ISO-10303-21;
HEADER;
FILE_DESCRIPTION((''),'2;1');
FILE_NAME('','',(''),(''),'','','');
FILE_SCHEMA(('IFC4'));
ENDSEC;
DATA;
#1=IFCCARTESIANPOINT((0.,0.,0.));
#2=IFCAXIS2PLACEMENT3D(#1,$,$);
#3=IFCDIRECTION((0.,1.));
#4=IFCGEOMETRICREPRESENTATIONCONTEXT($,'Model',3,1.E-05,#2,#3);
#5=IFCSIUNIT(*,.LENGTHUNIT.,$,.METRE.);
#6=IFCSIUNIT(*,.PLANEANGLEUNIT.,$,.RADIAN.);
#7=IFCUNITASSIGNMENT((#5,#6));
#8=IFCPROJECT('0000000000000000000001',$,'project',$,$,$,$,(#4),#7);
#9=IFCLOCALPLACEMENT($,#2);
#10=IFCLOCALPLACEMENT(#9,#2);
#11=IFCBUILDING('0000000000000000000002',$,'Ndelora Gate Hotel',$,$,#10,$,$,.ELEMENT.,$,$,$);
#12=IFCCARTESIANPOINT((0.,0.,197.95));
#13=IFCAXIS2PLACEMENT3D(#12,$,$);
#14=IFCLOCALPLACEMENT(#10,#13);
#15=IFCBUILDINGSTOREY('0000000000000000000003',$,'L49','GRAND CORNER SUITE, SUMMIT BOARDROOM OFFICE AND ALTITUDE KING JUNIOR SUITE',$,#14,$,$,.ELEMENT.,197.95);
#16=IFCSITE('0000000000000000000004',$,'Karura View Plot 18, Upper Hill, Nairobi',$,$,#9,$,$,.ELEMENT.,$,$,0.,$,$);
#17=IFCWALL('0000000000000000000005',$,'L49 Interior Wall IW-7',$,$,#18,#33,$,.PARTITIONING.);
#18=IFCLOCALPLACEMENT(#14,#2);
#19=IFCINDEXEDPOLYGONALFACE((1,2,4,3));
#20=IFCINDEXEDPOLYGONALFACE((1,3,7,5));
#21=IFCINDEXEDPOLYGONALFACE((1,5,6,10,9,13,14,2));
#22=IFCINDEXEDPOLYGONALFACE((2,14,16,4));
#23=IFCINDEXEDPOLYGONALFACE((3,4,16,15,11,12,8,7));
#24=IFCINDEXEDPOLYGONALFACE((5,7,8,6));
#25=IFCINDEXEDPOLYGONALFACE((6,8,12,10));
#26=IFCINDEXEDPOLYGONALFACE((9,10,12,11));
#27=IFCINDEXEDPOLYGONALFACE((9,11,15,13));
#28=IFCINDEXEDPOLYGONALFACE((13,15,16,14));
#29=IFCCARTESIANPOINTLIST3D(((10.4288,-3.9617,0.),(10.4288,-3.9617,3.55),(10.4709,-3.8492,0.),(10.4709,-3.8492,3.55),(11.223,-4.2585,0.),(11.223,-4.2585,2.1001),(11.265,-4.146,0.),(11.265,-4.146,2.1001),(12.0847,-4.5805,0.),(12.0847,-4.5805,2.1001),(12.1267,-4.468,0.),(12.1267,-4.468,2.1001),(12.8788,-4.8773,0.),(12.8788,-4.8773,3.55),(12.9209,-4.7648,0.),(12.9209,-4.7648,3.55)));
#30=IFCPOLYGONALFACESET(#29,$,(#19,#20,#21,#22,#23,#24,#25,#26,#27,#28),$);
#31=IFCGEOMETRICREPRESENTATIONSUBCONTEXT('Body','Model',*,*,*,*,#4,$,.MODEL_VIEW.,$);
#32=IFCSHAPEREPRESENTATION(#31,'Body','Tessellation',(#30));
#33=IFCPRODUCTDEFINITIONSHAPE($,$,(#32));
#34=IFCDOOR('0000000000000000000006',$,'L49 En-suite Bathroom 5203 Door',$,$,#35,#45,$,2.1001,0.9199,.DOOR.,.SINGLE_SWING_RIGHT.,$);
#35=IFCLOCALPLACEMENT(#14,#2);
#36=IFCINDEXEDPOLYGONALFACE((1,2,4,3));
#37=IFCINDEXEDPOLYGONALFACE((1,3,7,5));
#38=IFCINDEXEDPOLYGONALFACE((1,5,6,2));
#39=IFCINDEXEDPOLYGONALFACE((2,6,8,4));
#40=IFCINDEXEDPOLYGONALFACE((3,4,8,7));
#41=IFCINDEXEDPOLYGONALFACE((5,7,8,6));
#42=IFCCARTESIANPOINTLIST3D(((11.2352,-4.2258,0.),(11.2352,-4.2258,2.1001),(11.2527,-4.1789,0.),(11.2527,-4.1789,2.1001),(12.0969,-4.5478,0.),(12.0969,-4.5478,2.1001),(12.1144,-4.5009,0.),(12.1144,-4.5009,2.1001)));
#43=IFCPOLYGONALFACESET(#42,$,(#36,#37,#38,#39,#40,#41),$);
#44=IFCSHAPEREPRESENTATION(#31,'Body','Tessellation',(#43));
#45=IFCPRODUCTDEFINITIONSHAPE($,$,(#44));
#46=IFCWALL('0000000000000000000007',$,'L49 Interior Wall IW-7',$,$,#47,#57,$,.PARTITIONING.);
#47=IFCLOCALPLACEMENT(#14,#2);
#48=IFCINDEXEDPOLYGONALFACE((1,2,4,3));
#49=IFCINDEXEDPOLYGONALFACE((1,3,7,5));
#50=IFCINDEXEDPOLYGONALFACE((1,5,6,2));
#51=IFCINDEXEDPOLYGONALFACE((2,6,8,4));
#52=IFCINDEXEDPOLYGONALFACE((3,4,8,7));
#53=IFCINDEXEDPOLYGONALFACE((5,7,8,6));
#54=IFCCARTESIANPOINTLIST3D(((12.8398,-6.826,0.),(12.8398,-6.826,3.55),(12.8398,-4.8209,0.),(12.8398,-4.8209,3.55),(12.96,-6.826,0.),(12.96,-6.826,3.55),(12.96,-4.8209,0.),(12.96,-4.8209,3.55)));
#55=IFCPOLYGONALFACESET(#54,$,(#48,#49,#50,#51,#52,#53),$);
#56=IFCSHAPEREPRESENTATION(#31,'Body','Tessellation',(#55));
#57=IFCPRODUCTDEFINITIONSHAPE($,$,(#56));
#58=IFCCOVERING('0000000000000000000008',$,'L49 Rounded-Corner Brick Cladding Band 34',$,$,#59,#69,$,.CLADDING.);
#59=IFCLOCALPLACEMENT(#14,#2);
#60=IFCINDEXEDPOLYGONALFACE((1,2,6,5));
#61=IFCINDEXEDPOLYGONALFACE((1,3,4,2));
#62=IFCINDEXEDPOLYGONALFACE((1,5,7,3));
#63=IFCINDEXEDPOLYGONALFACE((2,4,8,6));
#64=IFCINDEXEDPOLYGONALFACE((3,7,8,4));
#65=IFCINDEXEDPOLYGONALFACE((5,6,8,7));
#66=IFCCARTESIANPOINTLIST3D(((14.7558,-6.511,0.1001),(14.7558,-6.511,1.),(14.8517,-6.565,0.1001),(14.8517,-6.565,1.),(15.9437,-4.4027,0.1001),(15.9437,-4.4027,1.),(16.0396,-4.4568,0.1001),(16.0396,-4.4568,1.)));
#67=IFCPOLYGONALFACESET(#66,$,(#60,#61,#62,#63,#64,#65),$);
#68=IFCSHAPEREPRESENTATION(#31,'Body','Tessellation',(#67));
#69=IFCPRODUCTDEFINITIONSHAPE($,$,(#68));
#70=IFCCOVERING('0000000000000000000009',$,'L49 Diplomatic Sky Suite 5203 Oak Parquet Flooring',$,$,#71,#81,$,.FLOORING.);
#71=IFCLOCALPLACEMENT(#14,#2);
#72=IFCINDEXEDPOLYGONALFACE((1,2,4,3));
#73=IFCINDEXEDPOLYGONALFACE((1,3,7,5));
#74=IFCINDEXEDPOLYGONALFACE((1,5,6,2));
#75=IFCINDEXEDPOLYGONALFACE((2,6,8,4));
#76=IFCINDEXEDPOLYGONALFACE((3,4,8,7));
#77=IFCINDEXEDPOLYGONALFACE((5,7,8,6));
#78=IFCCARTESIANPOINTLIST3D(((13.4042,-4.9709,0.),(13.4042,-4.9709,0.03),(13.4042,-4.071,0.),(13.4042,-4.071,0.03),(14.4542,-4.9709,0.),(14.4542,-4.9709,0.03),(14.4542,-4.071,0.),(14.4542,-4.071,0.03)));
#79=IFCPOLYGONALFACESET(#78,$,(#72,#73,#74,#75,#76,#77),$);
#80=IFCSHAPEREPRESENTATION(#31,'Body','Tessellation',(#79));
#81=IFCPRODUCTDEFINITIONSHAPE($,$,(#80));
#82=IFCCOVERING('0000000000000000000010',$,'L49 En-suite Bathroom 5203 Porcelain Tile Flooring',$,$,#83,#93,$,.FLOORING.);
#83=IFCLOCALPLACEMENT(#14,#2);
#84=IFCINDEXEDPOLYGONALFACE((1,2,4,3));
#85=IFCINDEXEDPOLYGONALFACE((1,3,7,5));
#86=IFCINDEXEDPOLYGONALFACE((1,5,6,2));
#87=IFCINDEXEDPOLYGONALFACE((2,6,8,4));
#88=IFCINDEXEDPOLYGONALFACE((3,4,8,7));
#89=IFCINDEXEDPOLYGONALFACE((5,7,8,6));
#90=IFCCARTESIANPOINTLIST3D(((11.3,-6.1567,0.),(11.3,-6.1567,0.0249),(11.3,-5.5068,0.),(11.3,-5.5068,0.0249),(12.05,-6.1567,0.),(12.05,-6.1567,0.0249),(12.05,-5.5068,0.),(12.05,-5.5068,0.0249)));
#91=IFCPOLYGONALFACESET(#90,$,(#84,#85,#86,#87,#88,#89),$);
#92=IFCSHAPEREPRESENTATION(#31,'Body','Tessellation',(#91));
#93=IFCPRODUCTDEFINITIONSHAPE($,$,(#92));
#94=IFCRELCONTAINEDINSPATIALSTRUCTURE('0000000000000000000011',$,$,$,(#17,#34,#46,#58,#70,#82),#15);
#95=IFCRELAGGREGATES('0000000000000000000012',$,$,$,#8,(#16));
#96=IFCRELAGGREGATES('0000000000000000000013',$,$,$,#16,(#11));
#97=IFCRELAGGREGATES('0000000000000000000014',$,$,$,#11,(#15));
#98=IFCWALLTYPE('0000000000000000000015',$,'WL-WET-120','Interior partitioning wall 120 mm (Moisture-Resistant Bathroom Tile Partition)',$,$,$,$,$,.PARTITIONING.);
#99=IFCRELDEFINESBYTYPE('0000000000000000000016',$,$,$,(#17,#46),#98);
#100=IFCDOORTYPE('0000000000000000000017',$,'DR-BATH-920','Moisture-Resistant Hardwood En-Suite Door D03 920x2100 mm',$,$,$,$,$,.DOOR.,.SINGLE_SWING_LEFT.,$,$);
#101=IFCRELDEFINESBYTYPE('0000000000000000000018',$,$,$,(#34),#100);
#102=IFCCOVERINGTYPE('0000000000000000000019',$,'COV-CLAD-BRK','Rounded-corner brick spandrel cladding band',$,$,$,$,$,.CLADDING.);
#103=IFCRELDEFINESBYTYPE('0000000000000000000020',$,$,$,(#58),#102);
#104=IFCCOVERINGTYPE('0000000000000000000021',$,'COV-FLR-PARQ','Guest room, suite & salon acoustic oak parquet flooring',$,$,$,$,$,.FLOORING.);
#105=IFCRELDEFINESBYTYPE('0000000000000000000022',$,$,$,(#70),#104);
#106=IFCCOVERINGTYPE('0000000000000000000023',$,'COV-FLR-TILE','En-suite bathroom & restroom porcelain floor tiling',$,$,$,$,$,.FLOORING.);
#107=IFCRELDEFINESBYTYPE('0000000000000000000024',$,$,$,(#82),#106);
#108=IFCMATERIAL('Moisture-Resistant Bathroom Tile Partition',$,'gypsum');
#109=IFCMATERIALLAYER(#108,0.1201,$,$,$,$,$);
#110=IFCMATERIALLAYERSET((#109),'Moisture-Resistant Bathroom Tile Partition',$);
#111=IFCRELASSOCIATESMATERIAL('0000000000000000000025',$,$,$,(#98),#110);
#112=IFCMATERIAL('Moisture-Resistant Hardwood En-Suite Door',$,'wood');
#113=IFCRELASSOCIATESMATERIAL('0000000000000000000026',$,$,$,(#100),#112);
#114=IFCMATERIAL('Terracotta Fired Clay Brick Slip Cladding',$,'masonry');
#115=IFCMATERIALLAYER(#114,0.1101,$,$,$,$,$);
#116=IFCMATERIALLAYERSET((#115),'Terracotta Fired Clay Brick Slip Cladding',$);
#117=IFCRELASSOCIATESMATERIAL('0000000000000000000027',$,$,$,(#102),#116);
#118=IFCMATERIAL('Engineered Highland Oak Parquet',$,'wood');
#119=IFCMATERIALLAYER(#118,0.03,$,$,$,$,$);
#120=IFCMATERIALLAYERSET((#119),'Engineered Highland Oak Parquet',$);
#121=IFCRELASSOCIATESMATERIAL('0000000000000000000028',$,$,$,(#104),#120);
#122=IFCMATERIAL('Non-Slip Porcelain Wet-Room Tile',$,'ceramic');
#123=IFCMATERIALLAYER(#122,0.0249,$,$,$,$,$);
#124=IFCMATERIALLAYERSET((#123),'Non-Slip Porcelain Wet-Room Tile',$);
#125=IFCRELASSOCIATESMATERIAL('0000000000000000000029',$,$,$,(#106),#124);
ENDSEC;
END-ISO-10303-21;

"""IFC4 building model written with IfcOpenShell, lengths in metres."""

from ifc_helpers import new_model, si_unit, direction, frame, frame_2d, origin, origin_2d, place, context, subcontext, project, spatial, rectangle, extrude, material, layer, layer_set, type_object, element, fill, save


model = new_model("IFC4")

# Units and contexts
model_context = context("Model", 3, precision=1e-05, world=origin(), true_north=direction((0.0, 1.0)))
body_context = subcontext(model_context, "Body", "Model", "MODEL_VIEW")
ifc_project = project(units=[si_unit("LENGTHUNIT", "METRE"), si_unit("PLANEANGLEUNIT", "RADIAN")], contexts=[model_context])

# Site, building, storey
site_placement = place(None, origin())
site = spatial("IfcSite", under=ifc_project, at=site_placement, Name="Karura View Plot 18, Upper Hill, Nairobi", CompositionType="ELEMENT", RefElevation=0.0)
building_placement = place(site_placement, origin())
building = spatial("IfcBuilding", under=site, at=building_placement, Name="Ndelora Gate Hotel", CompositionType="ELEMENT")
storey_placement = place(building_placement, frame((0.0, 0.0, 197.95)))
storey = spatial("IfcBuildingStorey", under=building, at=storey_placement, Name="L49", Description="GRAND CORNER SUITE, SUMMIT BOARDROOM OFFICE AND ALTITUDE KING JUNIOR SUITE", CompositionType="ELEMENT", Elevation=197.95)

# Wall, opening, door
ifc_material_1 = material(Name="Moisture-Resistant Bathroom Tile Partition", Category="gypsum")
ifc_layer_1 = layer(ifc_material_1, 0.1201)
ifc_layer_set_1 = layer_set([ifc_layer_1], Name="Moisture-Resistant Bathroom Tile Partition")
wall_type_1 = type_object("IfcWallType", Name="WL-WET-120", Description="Interior partitioning wall 120 mm (Moisture-Resistant Bathroom Tile Partition)", PredefinedType="PARTITIONING", material=ifc_layer_set_1)
wall_1_placement = place(storey_placement, frame((10.45, -3.9055, 0.0), z_axis=(0.0, 0.0, 1.0), x_axis=(0.936731, -0.350049, 0.0)))
wall_1 = element("IfcWall", 1, at=wall_1_placement, inside=storey, type_object=wall_type_1, Name="L49 Interior Wall IW-7", PredefinedType="PARTITIONING", context=body_context, shape_type="SweptSolid", body=[
    extrude(rectangle(XDim=2.6155, YDim=0.1201, at=frame_2d((1.3076, 0.0))), origin(), (0.0, 0.0, 1.0), 3.55),
])
opening_1_placement = place(wall_1_placement, frame((0.8477, 0.0, 0.0)))
opening_1 = element("IfcOpeningElement", 2, at=opening_1_placement, cuts=wall_1, PredefinedType="OPENING", context=body_context, shape_type="SweptSolid", body=[
    extrude(rectangle(XDim=0.9199, YDim=2.1001, at=frame_2d((0.46, 1.05))), frame((0.0, 0.0701, 0.0), z_axis=(0.0, -1.0, 0.0), x_axis=(1.0, 0.0, 0.0)), (0.0, 0.0, 1.0), 0.1401),
])
ifc_material_2 = material(Name="Moisture-Resistant Hardwood En-Suite Door", Category="wood")
door_type = type_object("IfcDoorType", Name="DR-BATH-920", Description="Moisture-Resistant Hardwood En-Suite Door D03 920x2100 mm", OperationType="SINGLE_SWING_LEFT", PredefinedType="DOOR", material=ifc_material_2)
door_placement = place(opening_1_placement, origin())
door = element("IfcDoor", 3, at=door_placement, inside=storey, type_object=door_type, Name="L49 En-suite Bathroom 5203 Door", OperationType="SINGLE_SWING_RIGHT", OverallHeight=2.1001, OverallWidth=0.9199, PredefinedType="DOOR", context=body_context, shape_type="SweptSolid", body=[
    extrude(rectangle(XDim=0.9199, YDim=2.1001, at=frame_2d((0.46, 1.05))), frame((0.0, 0.0249, 0.0), z_axis=(0.0, -1.0, 0.0), x_axis=(1.0, 0.0, 0.0)), (0.0, 0.0, 1.0), 0.05),
])
fill(opening_1, door)

# Wall
wall_2_placement = place(storey_placement, frame((12.8999, -4.821, 0.0), z_axis=(0.0, 0.0, 1.0), x_axis=(0.0, -1.0, 0.0)))
element("IfcWall", 4, at=wall_2_placement, inside=storey, type_object=wall_type_1, Name="L49 Interior Wall IW-7", PredefinedType="PARTITIONING", context=body_context, shape_type="SweptSolid", body=[
    extrude(rectangle(XDim=2.0051, YDim=0.1201, at=frame_2d((1.0024, 0.0))), origin(), (0.0, 0.0, 1.0), 3.55),
])

# Coverings
ifc_material_3 = material(Name="Terracotta Fired Clay Brick Slip Cladding", Category="masonry")
ifc_layer_2 = layer(ifc_material_3, 0.1101)
ifc_layer_set_2 = layer_set([ifc_layer_2], Name="Terracotta Fired Clay Brick Slip Cladding")
covering_type_1 = type_object("IfcCoveringType", Name="COV-CLAD-BRK", Description="Rounded-corner brick spandrel cladding band", PredefinedType="CLADDING", material=ifc_layer_set_2)
covering_1_placement = place(storey_placement, frame((15.3977, -5.4839, 0.1001), z_axis=(0.0, 0.0, 1.0), x_axis=(0.490904, 0.871214, 0.0)))
element("IfcCovering", 5, at=covering_1_placement, inside=storey, type_object=covering_type_1, Name="L49 Rounded-Corner Brick Cladding Band 34", PredefinedType="CLADDING", context=body_context, shape_type="SweptSolid", body=[
    extrude(rectangle(XDim=2.4199, YDim=0.1101, at=origin_2d()), origin(), (0.0, 0.0, 1.0), 0.8999),
])
ifc_material_4 = material(Name="Engineered Highland Oak Parquet", Category="wood")
ifc_layer_3 = layer(ifc_material_4, 0.03)
ifc_layer_set_3 = layer_set([ifc_layer_3], Name="Engineered Highland Oak Parquet")
covering_type_2 = type_object("IfcCoveringType", Name="COV-FLR-PARQ", Description="Guest room, suite & salon acoustic oak parquet flooring", PredefinedType="FLOORING", material=ifc_layer_set_3)
covering_2_placement = place(storey_placement, frame((13.9292, -4.521, 0.0), z_axis=(0.0, 0.0, 1.0), x_axis=(1.0, 0.0, 0.0)))
element("IfcCovering", 6, at=covering_2_placement, inside=storey, type_object=covering_type_2, Name="L49 Diplomatic Sky Suite 5203 Oak Parquet Flooring", PredefinedType="FLOORING", context=body_context, shape_type="SweptSolid", body=[
    extrude(rectangle(XDim=1.05, YDim=0.8999, at=origin_2d()), origin(), (0.0, 0.0, 1.0), 0.03),
])
ifc_material_5 = material(Name="Non-Slip Porcelain Wet-Room Tile", Category="ceramic")
ifc_layer_4 = layer(ifc_material_5, 0.0249)
ifc_layer_set_4 = layer_set([ifc_layer_4], Name="Non-Slip Porcelain Wet-Room Tile")
covering_type_3 = type_object("IfcCoveringType", Name="COV-FLR-TILE", Description="En-suite bathroom & restroom porcelain floor tiling", PredefinedType="FLOORING", material=ifc_layer_set_4)
covering_3_placement = place(storey_placement, frame((11.675, -5.8318, 0.0), z_axis=(0.0, 0.0, 1.0), x_axis=(1.0, 0.0, 0.0)))
element("IfcCovering", 7, at=covering_3_placement, inside=storey, type_object=covering_type_3, Name="L49 En-suite Bathroom 5203 Porcelain Tile Flooring", PredefinedType="FLOORING", context=body_context, shape_type="SweptSolid", body=[
    extrude(rectangle(XDim=0.75, YDim=0.6499, at=origin_2d()), origin(), (0.0, 0.0, 1.0), 0.0249),
])

save(model, "model.ifc")
